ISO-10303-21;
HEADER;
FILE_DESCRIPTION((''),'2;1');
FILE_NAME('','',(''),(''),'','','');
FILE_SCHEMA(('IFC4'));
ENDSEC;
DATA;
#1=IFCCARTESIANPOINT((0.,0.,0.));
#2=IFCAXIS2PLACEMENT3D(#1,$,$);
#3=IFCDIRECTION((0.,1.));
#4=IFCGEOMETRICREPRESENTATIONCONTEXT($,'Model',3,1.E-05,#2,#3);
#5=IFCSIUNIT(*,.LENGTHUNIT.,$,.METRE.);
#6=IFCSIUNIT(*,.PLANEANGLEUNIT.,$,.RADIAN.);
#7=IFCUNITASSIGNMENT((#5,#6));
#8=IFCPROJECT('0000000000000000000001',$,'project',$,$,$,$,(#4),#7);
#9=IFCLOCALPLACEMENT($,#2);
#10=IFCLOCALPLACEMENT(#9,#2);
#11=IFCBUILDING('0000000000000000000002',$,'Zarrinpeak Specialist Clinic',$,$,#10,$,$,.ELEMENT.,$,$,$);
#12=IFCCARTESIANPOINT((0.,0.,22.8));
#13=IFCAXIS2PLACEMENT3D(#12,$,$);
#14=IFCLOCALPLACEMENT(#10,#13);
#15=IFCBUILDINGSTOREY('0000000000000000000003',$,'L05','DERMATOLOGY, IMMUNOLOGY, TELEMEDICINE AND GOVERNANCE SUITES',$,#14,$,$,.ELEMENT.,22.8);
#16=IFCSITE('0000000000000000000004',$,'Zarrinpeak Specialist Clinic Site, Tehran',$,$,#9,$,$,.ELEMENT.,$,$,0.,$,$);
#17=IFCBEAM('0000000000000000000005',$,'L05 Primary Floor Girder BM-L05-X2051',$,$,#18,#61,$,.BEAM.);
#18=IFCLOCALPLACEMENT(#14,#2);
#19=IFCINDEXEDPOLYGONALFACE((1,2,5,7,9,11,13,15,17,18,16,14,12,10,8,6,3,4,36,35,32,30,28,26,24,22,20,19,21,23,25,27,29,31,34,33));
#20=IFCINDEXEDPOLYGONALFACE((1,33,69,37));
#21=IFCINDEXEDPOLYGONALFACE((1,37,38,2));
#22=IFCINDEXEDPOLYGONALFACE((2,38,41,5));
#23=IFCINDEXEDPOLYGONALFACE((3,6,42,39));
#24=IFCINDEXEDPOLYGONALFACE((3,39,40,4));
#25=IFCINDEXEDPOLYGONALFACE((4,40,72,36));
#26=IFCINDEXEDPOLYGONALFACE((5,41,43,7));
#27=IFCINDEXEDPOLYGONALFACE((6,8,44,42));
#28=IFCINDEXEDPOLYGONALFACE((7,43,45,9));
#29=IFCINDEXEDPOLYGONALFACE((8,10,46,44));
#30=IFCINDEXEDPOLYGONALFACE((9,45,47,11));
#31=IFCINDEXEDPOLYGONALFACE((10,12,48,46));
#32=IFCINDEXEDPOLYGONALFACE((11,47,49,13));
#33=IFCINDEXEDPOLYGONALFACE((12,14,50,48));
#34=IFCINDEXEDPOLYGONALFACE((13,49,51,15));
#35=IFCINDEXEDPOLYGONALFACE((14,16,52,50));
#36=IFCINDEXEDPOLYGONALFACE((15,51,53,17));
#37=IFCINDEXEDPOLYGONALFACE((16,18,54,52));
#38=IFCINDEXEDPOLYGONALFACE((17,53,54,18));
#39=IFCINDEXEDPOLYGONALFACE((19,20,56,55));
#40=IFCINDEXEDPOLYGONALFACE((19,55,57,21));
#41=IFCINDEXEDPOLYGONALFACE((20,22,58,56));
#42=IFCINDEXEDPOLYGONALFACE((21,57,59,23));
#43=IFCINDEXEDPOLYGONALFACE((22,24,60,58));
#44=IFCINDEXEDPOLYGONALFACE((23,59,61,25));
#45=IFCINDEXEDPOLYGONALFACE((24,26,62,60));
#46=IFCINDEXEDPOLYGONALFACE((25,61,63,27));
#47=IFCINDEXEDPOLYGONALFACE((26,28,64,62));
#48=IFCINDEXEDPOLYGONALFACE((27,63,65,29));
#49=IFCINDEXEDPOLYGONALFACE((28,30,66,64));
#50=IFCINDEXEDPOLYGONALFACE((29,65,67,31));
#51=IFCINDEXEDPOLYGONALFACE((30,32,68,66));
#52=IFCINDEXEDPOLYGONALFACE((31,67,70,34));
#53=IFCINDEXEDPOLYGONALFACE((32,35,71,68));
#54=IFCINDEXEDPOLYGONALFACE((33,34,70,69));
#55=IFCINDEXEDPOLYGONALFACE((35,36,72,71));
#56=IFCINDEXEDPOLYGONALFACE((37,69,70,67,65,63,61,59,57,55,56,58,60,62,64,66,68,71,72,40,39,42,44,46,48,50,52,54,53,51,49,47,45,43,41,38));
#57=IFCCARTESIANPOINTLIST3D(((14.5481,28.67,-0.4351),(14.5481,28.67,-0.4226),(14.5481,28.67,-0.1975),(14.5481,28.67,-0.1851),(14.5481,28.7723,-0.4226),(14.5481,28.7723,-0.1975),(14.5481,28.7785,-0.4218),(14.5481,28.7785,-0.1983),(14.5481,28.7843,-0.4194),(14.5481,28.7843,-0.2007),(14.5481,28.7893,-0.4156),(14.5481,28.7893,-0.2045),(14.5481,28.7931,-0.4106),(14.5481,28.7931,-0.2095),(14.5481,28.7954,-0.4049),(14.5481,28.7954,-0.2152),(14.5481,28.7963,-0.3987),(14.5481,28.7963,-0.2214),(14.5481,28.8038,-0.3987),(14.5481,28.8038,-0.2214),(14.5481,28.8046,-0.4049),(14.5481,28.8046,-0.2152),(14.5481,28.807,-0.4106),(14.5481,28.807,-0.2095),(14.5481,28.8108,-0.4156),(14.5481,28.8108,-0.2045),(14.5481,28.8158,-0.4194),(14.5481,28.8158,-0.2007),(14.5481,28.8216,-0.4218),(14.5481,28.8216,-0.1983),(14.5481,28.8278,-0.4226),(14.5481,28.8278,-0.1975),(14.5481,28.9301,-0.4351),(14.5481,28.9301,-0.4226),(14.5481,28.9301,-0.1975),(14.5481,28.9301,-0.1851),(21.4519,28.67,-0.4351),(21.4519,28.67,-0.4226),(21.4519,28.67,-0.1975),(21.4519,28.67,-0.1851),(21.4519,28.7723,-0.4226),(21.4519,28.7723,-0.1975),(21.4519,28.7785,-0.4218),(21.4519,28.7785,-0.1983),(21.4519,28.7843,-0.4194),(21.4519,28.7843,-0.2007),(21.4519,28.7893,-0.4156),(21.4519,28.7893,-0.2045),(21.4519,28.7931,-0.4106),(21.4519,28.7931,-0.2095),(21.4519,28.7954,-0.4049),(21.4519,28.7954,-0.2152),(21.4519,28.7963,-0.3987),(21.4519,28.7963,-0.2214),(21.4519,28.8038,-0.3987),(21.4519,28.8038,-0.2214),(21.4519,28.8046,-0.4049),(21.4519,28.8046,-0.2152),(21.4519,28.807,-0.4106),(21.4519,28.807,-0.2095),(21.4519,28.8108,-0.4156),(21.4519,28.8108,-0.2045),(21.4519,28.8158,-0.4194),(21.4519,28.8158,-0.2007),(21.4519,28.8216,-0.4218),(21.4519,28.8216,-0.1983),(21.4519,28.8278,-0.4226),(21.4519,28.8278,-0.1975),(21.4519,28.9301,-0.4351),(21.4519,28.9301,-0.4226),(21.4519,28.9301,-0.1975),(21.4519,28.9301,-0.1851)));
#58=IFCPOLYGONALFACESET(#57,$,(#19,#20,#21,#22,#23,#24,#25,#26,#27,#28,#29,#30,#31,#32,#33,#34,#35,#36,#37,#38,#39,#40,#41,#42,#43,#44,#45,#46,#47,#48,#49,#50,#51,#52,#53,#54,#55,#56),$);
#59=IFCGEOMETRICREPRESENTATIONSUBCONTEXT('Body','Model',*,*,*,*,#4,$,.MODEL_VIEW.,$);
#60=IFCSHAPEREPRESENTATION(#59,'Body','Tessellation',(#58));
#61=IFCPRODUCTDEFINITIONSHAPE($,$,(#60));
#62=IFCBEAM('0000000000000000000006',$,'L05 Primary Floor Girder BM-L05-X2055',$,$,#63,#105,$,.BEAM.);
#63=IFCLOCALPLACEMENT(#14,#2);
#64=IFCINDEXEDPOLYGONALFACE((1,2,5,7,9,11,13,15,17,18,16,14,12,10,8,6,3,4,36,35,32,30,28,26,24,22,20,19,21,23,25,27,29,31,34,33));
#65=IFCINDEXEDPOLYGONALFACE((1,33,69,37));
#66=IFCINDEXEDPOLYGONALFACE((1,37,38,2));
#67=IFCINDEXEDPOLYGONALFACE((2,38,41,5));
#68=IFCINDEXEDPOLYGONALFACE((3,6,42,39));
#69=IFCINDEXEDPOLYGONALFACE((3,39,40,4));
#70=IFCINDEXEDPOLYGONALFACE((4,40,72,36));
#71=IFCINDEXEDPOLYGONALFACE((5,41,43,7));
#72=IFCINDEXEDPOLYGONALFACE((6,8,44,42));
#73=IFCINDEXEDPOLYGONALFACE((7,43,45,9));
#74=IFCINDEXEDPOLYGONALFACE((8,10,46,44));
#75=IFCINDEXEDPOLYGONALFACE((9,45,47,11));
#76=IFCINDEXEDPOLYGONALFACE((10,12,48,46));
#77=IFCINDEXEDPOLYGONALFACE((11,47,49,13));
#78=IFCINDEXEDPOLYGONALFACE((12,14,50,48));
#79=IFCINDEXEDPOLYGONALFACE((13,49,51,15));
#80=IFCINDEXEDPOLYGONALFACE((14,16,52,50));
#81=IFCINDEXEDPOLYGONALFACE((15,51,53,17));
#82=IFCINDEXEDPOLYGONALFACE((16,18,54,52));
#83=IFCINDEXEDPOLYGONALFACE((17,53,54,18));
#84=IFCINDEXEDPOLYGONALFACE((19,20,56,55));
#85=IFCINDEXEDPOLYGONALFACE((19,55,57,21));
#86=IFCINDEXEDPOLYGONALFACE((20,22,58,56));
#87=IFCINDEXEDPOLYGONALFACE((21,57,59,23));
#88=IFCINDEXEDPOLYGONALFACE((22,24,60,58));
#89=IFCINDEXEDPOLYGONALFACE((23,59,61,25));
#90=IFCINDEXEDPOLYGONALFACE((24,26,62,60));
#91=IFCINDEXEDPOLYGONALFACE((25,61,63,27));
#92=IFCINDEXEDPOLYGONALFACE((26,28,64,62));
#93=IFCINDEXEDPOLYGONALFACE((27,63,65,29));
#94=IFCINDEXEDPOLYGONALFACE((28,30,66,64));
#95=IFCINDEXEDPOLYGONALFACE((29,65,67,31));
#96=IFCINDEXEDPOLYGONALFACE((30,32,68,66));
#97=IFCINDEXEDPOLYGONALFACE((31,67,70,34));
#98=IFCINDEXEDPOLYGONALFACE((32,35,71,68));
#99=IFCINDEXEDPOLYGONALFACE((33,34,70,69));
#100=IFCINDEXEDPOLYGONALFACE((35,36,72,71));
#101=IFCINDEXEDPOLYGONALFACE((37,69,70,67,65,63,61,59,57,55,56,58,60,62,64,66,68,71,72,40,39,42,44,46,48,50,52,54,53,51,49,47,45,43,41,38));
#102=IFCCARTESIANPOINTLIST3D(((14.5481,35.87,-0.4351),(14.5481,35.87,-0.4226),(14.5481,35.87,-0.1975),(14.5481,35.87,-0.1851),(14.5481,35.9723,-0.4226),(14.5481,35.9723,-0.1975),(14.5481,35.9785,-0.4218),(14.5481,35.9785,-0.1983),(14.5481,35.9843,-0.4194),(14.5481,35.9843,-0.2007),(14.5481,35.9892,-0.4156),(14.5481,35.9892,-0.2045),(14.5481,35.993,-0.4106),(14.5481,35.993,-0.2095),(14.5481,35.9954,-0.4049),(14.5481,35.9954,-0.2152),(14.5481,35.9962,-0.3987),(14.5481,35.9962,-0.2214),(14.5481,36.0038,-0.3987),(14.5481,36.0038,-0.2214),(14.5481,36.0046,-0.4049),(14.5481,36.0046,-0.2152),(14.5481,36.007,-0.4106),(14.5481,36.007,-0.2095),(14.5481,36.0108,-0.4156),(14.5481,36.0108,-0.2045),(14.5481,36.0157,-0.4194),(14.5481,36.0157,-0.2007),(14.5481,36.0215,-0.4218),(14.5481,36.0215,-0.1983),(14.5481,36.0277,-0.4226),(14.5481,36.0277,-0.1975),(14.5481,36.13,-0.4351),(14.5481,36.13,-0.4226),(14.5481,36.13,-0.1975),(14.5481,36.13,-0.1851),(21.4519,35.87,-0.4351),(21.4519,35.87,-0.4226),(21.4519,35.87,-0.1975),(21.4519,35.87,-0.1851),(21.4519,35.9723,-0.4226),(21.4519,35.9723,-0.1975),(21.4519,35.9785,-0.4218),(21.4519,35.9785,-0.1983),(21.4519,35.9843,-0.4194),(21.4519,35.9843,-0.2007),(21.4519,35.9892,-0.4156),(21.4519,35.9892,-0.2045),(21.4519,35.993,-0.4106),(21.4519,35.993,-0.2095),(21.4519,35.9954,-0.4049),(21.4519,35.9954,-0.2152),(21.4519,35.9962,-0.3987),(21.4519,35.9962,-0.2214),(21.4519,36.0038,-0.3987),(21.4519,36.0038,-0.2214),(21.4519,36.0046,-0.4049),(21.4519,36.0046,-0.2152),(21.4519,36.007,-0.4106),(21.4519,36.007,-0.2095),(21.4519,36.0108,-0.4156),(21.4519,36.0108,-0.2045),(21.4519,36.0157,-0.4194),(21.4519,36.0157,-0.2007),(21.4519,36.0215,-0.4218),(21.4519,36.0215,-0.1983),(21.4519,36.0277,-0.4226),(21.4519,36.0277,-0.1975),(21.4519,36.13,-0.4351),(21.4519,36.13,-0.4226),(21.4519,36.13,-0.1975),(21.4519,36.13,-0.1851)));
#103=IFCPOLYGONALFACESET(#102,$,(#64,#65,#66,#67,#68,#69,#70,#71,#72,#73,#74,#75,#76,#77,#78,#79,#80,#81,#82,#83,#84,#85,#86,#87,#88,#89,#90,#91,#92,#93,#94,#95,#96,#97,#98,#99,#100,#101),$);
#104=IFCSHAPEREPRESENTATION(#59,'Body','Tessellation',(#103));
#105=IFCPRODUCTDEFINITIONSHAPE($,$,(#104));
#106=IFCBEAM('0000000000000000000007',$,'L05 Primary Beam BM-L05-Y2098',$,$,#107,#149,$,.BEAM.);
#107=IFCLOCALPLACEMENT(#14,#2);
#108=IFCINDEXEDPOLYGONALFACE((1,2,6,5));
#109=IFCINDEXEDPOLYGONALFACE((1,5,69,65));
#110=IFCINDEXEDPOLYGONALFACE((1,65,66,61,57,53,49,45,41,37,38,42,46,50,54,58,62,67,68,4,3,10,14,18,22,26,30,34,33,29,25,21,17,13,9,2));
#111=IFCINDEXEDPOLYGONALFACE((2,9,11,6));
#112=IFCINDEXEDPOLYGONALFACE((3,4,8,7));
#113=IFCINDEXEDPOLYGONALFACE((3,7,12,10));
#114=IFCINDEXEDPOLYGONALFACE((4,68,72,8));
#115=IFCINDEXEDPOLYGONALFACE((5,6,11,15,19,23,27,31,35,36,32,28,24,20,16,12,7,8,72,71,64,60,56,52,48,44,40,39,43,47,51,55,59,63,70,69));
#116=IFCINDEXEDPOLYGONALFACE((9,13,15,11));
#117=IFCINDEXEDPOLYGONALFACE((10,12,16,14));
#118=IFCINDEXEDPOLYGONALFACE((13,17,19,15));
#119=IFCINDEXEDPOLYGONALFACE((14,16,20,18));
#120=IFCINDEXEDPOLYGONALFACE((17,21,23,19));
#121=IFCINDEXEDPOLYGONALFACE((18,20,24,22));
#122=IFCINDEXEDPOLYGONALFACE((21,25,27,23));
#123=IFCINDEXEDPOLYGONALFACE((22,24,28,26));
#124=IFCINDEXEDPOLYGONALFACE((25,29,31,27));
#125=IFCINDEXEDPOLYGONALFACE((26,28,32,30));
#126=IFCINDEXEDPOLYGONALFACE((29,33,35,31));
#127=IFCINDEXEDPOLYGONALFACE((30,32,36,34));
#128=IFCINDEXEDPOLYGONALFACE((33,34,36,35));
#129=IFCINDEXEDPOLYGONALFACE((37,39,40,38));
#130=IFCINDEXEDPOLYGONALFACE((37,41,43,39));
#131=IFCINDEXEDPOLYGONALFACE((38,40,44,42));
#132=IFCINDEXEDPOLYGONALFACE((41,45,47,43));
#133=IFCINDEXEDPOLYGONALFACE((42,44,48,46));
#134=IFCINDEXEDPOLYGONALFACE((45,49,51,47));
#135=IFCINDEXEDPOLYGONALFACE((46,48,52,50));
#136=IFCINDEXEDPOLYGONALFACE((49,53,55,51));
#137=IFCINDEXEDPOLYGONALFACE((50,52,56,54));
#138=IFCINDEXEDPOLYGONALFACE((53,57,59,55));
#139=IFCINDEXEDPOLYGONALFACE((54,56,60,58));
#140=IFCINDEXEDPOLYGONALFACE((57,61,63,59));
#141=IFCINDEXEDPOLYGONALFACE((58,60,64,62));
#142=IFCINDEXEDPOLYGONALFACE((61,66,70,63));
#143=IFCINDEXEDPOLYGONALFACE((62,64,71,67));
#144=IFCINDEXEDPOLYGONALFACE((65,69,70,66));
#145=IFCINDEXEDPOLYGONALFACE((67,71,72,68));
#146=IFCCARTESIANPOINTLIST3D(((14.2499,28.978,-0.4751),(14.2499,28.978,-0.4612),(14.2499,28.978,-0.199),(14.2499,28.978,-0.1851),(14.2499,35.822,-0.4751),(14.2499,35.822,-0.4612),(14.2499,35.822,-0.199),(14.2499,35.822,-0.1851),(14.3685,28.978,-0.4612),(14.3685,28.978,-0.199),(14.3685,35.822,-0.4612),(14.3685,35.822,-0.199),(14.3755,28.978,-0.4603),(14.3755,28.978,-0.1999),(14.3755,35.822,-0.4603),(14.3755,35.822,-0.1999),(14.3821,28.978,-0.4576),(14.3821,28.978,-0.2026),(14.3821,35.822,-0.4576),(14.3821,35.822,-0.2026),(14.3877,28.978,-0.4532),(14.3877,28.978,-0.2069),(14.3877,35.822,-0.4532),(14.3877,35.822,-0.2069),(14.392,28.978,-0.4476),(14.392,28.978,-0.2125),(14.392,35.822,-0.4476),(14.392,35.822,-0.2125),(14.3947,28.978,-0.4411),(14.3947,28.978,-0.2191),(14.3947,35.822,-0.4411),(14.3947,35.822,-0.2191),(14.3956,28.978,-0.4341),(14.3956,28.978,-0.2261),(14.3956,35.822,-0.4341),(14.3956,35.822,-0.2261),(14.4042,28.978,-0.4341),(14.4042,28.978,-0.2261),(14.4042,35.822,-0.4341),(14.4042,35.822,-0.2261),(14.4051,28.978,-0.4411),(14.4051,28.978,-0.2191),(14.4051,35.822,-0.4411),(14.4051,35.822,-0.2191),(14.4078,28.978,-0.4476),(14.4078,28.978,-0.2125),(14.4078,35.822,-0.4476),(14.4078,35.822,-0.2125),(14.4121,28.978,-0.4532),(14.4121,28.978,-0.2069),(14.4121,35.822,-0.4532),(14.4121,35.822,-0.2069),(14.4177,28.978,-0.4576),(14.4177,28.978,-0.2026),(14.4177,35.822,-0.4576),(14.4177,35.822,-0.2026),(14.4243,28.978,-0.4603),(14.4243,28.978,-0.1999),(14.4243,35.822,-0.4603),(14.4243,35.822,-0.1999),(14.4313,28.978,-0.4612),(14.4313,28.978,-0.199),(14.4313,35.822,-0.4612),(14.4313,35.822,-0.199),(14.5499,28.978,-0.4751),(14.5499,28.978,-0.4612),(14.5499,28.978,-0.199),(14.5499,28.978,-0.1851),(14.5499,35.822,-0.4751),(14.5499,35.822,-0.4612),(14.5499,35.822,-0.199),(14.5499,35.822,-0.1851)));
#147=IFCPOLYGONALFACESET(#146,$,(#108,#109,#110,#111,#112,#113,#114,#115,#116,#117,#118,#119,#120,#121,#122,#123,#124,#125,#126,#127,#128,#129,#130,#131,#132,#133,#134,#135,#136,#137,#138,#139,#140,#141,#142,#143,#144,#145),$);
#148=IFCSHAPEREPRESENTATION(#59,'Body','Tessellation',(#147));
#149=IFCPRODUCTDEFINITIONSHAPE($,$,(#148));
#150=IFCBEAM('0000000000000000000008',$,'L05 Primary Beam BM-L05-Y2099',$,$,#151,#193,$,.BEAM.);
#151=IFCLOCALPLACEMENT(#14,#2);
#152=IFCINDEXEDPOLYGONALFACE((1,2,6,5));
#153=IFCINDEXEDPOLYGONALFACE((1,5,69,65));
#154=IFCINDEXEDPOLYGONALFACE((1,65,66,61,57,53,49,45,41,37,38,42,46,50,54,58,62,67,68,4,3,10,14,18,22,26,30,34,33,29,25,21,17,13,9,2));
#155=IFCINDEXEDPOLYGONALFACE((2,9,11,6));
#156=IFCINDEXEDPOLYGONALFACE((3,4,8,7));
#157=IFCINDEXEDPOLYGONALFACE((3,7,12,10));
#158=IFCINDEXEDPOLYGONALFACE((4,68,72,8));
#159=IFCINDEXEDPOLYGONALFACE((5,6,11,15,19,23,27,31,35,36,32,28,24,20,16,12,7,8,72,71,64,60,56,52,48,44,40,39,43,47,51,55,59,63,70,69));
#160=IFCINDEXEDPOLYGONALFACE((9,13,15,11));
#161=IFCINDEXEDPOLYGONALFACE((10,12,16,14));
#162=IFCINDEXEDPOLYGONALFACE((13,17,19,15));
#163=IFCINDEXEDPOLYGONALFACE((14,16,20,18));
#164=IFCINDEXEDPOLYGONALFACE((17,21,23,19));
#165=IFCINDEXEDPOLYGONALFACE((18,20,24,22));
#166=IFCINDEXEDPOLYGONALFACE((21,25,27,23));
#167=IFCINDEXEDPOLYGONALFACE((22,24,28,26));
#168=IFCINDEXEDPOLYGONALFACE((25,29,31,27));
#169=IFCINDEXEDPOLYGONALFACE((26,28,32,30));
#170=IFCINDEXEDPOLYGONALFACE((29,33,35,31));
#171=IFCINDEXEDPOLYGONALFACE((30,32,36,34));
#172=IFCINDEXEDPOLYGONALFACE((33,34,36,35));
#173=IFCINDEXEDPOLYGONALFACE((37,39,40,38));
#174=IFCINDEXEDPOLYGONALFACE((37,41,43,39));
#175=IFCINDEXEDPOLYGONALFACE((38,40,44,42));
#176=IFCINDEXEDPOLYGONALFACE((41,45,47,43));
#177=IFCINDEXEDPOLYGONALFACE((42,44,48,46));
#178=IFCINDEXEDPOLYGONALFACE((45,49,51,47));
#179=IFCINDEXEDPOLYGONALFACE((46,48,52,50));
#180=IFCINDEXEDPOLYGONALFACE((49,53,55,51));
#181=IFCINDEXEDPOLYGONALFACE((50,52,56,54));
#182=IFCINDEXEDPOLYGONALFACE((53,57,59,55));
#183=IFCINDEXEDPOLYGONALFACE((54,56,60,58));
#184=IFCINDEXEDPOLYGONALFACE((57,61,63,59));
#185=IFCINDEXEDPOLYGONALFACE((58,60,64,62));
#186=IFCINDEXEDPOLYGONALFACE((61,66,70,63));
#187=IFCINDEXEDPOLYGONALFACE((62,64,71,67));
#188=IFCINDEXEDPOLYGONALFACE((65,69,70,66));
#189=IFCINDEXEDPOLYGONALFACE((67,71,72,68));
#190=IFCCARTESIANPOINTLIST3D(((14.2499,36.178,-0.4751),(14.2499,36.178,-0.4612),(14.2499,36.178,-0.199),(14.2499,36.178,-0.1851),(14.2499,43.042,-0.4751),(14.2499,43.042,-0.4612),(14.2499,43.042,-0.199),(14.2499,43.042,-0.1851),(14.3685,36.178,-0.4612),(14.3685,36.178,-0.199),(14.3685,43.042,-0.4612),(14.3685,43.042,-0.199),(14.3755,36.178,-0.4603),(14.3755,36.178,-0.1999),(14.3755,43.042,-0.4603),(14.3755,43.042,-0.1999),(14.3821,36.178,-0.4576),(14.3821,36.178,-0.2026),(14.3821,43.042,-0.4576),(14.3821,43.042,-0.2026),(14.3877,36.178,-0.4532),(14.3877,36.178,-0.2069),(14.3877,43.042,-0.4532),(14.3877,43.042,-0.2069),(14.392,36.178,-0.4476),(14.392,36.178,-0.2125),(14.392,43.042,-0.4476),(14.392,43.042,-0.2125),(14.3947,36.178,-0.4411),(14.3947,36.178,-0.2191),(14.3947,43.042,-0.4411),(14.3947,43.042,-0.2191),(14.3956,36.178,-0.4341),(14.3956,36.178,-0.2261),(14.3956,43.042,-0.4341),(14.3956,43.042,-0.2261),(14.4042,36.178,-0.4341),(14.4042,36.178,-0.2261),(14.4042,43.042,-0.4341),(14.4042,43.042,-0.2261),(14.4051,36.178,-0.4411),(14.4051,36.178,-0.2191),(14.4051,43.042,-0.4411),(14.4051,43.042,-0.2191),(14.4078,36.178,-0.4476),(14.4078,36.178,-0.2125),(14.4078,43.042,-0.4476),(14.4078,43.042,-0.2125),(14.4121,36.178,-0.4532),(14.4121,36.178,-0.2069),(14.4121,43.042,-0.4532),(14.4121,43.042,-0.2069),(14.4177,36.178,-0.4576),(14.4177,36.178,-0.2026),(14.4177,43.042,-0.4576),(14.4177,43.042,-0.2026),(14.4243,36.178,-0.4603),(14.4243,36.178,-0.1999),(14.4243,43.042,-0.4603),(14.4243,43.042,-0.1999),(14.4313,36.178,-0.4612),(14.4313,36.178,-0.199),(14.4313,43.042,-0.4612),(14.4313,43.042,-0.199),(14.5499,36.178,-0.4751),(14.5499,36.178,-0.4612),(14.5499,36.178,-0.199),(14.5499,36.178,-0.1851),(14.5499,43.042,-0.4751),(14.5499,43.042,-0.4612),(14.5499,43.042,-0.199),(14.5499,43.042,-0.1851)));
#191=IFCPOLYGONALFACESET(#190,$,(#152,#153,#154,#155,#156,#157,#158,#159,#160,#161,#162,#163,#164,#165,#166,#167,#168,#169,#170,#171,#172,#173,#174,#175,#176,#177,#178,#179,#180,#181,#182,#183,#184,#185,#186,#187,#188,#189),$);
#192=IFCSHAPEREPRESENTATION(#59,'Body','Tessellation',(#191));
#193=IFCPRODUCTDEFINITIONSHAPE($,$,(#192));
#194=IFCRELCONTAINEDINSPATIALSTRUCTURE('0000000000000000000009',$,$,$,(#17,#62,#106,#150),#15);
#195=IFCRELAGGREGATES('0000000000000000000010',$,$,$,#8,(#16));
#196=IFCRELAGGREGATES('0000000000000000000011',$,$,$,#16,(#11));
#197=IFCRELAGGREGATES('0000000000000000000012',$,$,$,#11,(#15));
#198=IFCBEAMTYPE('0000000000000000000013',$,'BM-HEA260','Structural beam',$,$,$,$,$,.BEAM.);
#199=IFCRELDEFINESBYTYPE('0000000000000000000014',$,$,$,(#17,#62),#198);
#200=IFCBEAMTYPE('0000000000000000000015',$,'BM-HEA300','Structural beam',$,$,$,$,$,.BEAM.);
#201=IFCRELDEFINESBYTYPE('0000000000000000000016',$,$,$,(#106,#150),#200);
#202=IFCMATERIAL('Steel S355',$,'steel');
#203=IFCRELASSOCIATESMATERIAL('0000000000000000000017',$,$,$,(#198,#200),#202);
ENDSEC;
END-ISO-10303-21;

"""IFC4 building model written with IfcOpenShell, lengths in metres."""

from ifc_helpers import new_model, si_unit, direction, frame, origin, origin_2d, place, context, subcontext, project, spatial, i_section, extrude, material, material_profile, profile_set, type_object, element, save


model = new_model("IFC4")

# Units and contexts
model_context = context("Model", 3, precision=1e-05, world=origin(), true_north=direction((0.0, 1.0)))
body_context = subcontext(model_context, "Body", "Model", "MODEL_VIEW")
ifc_project = project(units=[si_unit("LENGTHUNIT", "METRE"), si_unit("PLANEANGLEUNIT", "RADIAN")], contexts=[model_context])

# Site, building, storey
site_placement = place(None, origin())
site = spatial("IfcSite", under=ifc_project, at=site_placement, Name="Zarrinpeak Specialist Clinic Site, Tehran", CompositionType="ELEMENT", RefElevation=0.0)
building_placement = place(site_placement, origin())
building = spatial("IfcBuilding", under=site, at=building_placement, Name="Zarrinpeak Specialist Clinic", CompositionType="ELEMENT")
storey_placement = place(building_placement, frame((0.0, 0.0, 22.8)))
storey = spatial("IfcBuildingStorey", under=building, at=storey_placement, Name="L05", Description="DERMATOLOGY, IMMUNOLOGY, TELEMEDICINE AND GOVERNANCE SUITES", CompositionType="ELEMENT", Elevation=22.8)

# Shared definitions
ifc_material_1 = material(Name="Steel S355", Category="steel")

# Beams
ifc_material_profile_1 = material_profile(ifc_material_1, i_section(OverallWidth=0.26, OverallDepth=0.25, WebThickness=0.0076, FlangeThickness=0.0125, FilletRadius=0.0239, at=origin_2d()), Name="HEA 260")
ifc_profile_set_1 = profile_set([ifc_material_profile_1], Name="Steel S355")
beam_type_1 = type_object("IfcBeamType", Name="BM-HEA260", Description="Structural beam", PredefinedType="BEAM", material=ifc_profile_set_1)
for number, where, z_axis, x_axis, name in (
    (1, (14.5481, 28.8, -0.3101), (1.0, 0.0, 0.0), (0.0, 1.0, 0.0), "L05 Primary Floor Girder BM-L05-X2051"),
    (2, (14.5481, 36.0, -0.3101), (1.0, 0.0, 0.0), (0.0, 1.0, 0.0), "L05 Primary Floor Girder BM-L05-X2055"),
):
    element("IfcBeam", number, at=place(storey_placement, frame(where, z_axis=z_axis, x_axis=x_axis)), inside=storey, type_object=beam_type_1, Name=name, PredefinedType="BEAM", context=body_context, shape_type="SweptSolid", body=[
        extrude(i_section(OverallWidth=0.26, OverallDepth=0.25, WebThickness=0.0076, FlangeThickness=0.0125, FilletRadius=0.0239, at=origin_2d()), origin(), (0.0, 0.0, 1.0), 6.9038),
    ])
ifc_material_profile_2 = material_profile(ifc_material_1, i_section(OverallWidth=0.3, OverallDepth=0.29, WebThickness=0.0085, FlangeThickness=0.0139, FilletRadius=0.0271, at=origin_2d()), Name="HEA 300")
ifc_profile_set_2 = profile_set([ifc_material_profile_2], Name="Steel S355")
beam_type_2 = type_object("IfcBeamType", Name="BM-HEA300", Description="Structural beam", PredefinedType="BEAM", material=ifc_profile_set_2)
beam_1_placement = place(storey_placement, frame((14.3999, 28.978, -0.3301), z_axis=(0.0, 1.0, 0.0), x_axis=(-1.0, 0.0, 0.0)))
element("IfcBeam", 3, at=beam_1_placement, inside=storey, type_object=beam_type_2, Name="L05 Primary Beam BM-L05-Y2098", PredefinedType="BEAM", context=body_context, shape_type="SweptSolid", body=[
    extrude(i_section(OverallWidth=0.3, OverallDepth=0.29, WebThickness=0.0085, FlangeThickness=0.0139, FilletRadius=0.0271, at=origin_2d()), origin(), (0.0, 0.0, 1.0), 6.844),
])
beam_2_placement = place(storey_placement, frame((14.3999, 36.178, -0.3301), z_axis=(0.0, 1.0, 0.0), x_axis=(-1.0, 0.0, 0.0)))
element("IfcBeam", 4, at=beam_2_placement, inside=storey, type_object=beam_type_2, Name="L05 Primary Beam BM-L05-Y2099", PredefinedType="BEAM", context=body_context, shape_type="SweptSolid", body=[
    extrude(i_section(OverallWidth=0.3, OverallDepth=0.29, WebThickness=0.0085, FlangeThickness=0.0139, FilletRadius=0.0271, at=origin_2d()), origin(), (0.0, 0.0, 1.0), 6.864),
])

save(model, "model.ifc")
